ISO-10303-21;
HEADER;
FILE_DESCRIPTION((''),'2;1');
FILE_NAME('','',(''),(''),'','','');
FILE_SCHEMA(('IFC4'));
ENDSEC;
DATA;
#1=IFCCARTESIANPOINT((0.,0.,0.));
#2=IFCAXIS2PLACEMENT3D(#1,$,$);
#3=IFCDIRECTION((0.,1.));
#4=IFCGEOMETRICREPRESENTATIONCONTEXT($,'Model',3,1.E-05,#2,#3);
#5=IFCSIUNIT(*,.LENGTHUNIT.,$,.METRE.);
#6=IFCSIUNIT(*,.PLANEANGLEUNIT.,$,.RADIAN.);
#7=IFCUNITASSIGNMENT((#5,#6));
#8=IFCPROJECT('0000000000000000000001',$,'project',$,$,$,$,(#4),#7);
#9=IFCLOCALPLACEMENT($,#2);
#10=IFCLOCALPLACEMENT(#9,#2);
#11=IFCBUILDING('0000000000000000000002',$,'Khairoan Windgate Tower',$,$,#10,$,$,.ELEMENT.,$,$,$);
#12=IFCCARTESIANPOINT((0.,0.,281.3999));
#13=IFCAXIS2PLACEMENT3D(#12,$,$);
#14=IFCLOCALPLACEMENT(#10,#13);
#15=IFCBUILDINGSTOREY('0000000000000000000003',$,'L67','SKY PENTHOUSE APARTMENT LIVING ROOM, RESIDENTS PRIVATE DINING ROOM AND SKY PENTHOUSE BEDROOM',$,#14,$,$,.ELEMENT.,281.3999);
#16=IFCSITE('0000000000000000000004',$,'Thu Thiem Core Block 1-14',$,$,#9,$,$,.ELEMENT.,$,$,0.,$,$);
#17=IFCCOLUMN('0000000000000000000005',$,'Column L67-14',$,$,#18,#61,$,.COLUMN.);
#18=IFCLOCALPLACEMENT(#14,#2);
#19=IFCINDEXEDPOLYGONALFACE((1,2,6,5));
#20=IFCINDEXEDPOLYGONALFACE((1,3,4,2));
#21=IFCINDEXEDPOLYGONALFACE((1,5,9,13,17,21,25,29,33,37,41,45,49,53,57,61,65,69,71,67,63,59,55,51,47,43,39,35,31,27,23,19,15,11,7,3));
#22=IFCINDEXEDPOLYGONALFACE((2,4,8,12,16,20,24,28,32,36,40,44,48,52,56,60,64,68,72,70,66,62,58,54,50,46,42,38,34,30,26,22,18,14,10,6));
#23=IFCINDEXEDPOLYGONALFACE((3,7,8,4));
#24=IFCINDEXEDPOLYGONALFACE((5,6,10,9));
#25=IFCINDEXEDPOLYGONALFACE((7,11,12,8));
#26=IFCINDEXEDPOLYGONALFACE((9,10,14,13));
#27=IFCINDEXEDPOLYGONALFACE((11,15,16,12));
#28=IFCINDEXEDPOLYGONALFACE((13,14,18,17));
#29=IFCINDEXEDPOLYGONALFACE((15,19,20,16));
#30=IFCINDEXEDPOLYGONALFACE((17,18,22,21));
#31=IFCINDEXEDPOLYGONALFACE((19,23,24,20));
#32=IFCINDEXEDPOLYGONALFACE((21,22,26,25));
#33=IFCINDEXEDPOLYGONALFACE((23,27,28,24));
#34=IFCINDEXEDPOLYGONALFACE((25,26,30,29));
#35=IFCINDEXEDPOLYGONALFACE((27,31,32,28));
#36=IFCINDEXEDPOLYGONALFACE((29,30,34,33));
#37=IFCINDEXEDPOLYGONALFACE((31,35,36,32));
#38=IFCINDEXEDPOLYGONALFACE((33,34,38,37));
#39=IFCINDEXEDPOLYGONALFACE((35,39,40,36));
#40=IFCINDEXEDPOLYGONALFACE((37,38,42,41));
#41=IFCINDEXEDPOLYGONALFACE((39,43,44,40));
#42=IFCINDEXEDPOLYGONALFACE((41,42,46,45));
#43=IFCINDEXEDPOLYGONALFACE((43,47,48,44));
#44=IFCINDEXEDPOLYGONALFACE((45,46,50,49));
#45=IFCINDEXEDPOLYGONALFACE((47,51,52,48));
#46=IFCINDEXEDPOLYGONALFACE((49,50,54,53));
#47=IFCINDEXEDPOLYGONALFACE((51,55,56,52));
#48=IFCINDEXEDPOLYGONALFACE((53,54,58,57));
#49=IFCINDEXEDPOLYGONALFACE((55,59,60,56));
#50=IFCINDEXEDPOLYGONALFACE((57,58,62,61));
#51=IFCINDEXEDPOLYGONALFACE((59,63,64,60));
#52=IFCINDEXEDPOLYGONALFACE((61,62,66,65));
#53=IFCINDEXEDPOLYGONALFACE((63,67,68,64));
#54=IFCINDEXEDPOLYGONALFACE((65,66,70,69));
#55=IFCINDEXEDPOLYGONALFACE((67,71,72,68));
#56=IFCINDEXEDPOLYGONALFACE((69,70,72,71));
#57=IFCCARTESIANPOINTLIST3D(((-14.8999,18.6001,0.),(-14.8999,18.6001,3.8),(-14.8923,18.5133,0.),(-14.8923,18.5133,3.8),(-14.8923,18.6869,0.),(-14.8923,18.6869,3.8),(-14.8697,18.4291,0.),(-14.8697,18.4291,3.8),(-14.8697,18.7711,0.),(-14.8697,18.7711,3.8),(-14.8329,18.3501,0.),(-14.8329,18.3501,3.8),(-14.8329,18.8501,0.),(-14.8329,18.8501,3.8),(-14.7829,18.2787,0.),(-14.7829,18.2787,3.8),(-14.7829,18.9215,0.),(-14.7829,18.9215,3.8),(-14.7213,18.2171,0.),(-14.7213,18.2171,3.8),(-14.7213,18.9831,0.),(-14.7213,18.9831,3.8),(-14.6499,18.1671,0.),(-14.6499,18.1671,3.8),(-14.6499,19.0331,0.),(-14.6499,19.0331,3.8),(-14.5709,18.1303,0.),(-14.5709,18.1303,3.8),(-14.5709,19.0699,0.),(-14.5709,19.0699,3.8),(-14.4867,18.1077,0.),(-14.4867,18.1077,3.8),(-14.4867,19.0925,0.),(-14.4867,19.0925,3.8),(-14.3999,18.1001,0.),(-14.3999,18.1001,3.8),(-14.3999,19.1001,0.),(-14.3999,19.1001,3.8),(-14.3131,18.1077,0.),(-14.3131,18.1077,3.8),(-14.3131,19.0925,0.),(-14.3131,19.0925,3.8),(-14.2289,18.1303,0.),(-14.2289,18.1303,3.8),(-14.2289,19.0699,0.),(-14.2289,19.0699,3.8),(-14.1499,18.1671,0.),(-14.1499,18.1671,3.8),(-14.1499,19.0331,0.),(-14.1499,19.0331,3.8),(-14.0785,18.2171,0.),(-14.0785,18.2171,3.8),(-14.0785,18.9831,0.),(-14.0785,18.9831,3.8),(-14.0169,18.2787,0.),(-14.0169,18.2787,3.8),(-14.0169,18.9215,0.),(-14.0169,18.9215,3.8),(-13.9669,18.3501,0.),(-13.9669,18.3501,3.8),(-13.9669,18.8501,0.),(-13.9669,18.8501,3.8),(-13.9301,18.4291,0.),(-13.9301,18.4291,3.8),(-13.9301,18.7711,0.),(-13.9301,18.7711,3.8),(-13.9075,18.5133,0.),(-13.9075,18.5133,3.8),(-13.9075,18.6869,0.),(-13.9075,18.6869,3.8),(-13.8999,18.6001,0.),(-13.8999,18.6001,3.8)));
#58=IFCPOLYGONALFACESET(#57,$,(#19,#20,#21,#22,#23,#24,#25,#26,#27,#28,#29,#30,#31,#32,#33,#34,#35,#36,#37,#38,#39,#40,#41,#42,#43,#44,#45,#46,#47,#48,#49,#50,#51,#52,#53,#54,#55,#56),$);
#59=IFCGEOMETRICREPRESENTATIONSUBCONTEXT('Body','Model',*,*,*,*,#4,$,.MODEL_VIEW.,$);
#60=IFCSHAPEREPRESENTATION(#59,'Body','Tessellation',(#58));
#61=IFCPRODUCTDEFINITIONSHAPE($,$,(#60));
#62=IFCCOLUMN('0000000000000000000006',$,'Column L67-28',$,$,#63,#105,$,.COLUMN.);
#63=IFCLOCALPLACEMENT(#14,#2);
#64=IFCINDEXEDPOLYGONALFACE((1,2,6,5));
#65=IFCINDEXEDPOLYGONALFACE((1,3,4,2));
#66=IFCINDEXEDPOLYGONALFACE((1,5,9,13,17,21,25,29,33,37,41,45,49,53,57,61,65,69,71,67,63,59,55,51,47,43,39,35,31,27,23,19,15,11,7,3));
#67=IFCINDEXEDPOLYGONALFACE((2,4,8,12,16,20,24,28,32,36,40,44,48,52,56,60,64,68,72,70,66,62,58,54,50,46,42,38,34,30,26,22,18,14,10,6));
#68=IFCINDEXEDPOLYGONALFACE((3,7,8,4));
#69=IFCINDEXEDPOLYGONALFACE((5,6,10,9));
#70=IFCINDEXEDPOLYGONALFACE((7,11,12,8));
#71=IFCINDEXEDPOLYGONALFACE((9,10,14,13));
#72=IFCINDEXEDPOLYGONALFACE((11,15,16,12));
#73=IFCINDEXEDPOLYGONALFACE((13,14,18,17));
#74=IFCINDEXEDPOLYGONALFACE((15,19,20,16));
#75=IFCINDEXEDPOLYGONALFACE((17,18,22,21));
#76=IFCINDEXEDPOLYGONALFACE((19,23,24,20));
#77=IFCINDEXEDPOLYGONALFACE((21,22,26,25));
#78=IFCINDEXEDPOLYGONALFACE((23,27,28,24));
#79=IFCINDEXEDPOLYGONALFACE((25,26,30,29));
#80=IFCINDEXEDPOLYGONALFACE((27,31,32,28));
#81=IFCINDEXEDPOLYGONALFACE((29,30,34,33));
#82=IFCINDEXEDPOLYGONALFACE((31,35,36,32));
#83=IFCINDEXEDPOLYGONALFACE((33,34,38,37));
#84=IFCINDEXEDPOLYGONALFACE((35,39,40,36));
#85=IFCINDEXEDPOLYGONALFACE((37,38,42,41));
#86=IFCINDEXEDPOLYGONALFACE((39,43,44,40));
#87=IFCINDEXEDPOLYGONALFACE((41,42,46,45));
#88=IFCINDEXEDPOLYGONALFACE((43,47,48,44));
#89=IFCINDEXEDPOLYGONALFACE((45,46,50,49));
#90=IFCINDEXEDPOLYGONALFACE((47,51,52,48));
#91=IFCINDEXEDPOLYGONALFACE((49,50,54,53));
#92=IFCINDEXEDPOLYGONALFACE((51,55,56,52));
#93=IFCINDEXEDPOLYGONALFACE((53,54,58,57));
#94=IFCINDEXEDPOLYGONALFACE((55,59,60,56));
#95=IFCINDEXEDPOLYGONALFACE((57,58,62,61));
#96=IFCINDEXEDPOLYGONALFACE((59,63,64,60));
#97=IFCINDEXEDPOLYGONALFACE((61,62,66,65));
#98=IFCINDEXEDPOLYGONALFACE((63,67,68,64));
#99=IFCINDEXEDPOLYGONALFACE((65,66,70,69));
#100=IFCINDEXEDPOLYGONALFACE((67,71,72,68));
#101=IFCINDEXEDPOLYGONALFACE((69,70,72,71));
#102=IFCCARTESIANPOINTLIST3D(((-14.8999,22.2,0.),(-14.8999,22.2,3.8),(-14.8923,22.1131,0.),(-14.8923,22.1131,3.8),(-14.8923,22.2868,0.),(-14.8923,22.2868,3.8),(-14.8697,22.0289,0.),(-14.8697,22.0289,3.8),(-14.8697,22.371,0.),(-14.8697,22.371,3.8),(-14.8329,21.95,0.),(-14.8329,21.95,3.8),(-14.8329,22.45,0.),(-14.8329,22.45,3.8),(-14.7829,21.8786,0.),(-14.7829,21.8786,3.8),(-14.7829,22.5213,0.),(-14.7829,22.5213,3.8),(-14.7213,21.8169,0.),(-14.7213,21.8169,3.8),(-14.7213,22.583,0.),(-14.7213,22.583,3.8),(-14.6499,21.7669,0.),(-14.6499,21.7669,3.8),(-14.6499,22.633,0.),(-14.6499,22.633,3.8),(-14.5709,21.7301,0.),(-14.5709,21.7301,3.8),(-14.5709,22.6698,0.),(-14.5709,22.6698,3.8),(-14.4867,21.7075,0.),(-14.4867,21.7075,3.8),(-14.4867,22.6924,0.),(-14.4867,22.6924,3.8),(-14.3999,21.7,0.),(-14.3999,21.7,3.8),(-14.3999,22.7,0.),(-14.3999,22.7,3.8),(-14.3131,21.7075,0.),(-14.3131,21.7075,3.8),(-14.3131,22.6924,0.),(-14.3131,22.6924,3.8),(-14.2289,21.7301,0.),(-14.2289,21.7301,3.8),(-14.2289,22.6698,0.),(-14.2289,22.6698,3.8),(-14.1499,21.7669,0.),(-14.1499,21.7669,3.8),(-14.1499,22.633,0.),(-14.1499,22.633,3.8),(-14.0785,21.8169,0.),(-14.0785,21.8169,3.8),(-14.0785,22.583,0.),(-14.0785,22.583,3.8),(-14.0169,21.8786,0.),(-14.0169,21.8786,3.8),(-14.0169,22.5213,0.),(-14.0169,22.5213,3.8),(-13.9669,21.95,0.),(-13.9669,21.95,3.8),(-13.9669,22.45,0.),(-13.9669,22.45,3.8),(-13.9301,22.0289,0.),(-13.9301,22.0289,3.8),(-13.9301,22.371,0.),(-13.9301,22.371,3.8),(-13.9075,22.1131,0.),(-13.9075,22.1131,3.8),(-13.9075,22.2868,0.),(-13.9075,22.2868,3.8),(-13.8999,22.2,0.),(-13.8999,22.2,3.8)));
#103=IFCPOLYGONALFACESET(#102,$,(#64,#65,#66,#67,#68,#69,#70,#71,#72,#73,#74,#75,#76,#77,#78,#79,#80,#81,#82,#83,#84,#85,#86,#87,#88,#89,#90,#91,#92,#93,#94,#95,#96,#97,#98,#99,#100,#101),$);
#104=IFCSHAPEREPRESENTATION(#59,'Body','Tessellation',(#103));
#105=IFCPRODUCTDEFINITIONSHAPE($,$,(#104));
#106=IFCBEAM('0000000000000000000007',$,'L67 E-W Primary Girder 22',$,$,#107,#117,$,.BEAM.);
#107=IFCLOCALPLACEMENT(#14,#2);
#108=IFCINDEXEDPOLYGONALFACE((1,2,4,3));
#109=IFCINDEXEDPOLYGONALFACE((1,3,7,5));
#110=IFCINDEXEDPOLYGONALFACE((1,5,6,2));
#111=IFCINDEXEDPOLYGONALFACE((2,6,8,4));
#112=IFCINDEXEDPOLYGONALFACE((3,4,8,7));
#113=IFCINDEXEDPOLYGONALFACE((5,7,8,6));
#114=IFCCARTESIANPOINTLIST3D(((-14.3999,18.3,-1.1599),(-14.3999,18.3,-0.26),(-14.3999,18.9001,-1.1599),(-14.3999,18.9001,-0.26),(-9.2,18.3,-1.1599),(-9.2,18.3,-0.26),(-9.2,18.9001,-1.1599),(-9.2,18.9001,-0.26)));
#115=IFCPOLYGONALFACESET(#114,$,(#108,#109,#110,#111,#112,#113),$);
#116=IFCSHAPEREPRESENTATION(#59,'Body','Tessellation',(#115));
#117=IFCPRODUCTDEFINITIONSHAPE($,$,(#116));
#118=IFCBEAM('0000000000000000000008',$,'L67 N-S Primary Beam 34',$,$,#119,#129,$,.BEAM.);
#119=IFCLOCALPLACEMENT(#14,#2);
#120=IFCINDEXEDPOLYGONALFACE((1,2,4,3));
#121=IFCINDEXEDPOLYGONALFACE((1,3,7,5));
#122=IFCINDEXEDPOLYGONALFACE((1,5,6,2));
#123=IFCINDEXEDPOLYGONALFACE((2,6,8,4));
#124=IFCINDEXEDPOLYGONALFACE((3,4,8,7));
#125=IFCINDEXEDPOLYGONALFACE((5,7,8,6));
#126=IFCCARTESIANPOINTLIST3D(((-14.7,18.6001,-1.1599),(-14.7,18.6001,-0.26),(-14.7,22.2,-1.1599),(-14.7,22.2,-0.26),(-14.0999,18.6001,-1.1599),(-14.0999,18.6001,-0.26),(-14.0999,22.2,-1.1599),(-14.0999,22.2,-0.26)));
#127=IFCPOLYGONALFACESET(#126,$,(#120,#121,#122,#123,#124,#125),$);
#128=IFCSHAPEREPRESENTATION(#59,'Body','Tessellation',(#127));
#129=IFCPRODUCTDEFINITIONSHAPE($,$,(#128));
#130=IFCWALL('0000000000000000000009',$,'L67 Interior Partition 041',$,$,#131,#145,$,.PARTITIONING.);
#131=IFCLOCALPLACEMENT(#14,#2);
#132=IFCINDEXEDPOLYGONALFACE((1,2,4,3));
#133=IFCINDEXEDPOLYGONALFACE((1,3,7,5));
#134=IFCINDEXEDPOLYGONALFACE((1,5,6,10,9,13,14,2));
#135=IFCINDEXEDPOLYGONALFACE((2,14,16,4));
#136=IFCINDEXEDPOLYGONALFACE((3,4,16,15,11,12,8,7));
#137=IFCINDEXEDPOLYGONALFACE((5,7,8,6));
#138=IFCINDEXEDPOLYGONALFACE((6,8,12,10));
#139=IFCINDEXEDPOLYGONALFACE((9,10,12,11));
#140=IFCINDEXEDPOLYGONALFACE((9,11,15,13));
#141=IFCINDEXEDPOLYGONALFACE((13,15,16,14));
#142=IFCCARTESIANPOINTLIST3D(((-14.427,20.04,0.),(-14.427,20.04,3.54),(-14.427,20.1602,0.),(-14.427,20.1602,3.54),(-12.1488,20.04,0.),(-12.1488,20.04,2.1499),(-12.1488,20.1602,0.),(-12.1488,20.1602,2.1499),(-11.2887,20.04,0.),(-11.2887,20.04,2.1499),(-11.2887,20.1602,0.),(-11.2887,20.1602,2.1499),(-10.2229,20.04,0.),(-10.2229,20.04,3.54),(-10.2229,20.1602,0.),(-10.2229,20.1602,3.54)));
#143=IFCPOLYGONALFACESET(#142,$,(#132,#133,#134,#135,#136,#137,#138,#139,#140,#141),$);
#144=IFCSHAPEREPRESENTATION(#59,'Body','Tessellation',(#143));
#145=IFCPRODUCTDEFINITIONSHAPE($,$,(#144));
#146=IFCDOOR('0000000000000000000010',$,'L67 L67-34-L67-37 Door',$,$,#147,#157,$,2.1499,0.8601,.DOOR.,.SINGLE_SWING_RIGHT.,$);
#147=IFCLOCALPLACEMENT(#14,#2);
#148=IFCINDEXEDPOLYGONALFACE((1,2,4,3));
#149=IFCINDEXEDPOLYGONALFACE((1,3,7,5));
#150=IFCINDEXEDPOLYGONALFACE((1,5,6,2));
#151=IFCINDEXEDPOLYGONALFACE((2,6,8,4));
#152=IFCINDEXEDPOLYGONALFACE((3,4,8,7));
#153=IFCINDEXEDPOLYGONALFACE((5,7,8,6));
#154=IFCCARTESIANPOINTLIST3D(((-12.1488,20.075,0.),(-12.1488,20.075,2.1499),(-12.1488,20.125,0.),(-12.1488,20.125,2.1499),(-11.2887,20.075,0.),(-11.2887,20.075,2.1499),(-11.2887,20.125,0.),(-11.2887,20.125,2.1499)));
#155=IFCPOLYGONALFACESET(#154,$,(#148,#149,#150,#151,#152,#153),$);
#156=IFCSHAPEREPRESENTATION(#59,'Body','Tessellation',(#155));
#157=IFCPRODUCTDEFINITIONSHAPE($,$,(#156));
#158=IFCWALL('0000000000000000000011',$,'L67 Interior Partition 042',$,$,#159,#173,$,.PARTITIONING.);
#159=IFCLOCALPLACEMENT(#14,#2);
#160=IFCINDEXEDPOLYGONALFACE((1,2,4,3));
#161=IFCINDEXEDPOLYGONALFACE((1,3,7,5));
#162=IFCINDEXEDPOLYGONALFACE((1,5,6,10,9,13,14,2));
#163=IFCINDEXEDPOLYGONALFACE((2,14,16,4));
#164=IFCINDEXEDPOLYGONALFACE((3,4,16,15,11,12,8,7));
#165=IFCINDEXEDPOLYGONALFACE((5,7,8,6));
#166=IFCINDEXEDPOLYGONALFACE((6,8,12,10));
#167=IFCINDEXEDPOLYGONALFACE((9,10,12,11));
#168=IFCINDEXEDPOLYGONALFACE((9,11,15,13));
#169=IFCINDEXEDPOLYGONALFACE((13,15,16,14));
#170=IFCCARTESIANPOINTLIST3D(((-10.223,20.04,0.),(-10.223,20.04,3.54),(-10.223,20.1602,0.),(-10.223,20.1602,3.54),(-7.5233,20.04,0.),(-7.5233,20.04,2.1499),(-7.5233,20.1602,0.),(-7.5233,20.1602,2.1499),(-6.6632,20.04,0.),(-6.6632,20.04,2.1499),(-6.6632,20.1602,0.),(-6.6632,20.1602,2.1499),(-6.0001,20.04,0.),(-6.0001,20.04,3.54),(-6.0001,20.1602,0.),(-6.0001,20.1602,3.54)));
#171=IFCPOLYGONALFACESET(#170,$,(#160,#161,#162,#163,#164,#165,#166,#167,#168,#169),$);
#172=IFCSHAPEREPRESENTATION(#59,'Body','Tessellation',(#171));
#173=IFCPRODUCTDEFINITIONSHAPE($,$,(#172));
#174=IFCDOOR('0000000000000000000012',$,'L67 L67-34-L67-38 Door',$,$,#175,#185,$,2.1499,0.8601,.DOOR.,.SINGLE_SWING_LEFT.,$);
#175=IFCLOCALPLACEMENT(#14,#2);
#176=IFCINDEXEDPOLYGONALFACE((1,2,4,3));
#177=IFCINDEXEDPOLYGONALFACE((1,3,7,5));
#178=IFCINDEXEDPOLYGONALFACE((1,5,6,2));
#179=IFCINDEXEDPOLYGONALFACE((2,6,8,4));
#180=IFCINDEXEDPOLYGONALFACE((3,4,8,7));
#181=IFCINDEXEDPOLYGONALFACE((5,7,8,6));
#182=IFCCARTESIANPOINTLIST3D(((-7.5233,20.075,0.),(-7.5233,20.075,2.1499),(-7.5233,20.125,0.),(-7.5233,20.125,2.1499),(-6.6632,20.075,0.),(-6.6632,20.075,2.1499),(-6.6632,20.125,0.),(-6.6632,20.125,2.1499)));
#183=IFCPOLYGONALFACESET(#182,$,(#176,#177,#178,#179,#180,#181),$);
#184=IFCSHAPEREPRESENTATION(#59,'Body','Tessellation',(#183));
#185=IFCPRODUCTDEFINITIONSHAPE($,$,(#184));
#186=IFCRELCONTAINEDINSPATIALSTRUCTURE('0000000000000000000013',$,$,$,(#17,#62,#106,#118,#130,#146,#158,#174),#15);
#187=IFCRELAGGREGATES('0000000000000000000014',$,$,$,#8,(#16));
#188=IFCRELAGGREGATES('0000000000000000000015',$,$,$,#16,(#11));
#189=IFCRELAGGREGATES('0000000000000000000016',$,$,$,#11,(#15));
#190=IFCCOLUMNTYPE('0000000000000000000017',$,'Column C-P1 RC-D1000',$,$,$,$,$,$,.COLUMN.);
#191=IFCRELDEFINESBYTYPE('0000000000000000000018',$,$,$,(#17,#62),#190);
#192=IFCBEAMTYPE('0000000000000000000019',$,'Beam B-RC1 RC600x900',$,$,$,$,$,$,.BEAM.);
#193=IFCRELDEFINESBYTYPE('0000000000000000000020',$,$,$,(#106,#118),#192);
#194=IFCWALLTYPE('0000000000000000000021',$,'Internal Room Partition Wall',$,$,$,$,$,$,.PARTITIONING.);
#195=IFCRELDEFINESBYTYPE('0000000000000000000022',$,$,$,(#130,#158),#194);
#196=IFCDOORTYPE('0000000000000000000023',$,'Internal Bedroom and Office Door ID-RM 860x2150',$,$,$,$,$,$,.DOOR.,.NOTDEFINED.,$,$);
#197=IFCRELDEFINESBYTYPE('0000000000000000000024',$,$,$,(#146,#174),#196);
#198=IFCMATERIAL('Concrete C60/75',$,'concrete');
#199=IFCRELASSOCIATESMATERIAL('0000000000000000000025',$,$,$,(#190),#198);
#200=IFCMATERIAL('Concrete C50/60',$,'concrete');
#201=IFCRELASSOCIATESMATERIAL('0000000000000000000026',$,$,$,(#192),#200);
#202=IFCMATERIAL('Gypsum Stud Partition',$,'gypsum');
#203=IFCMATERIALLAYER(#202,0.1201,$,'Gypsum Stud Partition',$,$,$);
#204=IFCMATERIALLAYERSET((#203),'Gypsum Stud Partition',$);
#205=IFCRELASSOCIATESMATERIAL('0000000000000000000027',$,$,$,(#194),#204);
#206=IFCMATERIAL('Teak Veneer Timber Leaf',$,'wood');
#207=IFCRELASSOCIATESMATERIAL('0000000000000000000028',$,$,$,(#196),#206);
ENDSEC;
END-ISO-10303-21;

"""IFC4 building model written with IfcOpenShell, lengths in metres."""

from ifc_helpers import new_model, si_unit, direction, frame, frame_2d, origin, origin_2d, place, context, subcontext, project, spatial, rectangle, circle, extrude, material, layer, layer_set, material_profile, profile_set, type_object, element, fill, save


model = new_model("IFC4")

# Units and contexts
model_context = context("Model", 3, precision=1e-05, world=origin(), true_north=direction((0.0, 1.0)))
body_context = subcontext(model_context, "Body", "Model", "MODEL_VIEW")
ifc_project = project(units=[si_unit("LENGTHUNIT", "METRE"), si_unit("PLANEANGLEUNIT", "RADIAN")], contexts=[model_context])

# Site, building, storey
site_placement = place(None, origin())
site = spatial("IfcSite", under=ifc_project, at=site_placement, Name="Thu Thiem Core Block 1-14", CompositionType="ELEMENT", RefElevation=0.0)
building_placement = place(site_placement, origin())
building = spatial("IfcBuilding", under=site, at=building_placement, Name="Khairoan Windgate Tower", CompositionType="ELEMENT")
storey_placement = place(building_placement, frame((0.0, 0.0, 281.3999)))
storey = spatial("IfcBuildingStorey", under=building, at=storey_placement, Name="L67", Description="SKY PENTHOUSE APARTMENT LIVING ROOM, RESIDENTS PRIVATE DINING ROOM AND SKY PENTHOUSE BEDROOM", CompositionType="ELEMENT", Elevation=281.3999)

# Columns
ifc_material_1 = material(Name="Concrete C60/75", Category="concrete")
ifc_material_profile_1 = material_profile(ifc_material_1, circle(Radius=0.5, at=origin_2d()))
ifc_profile_set_1 = profile_set([ifc_material_profile_1], Name="Concrete C60/75")
column_type = type_object("IfcColumnType", Name="Column C-P1 RC-D1000", PredefinedType="COLUMN", material=ifc_profile_set_1)
for number, where, z_axis, x_axis, name in (
    (1, (-14.3999, 18.6001, 0.0), (0.0, 0.0, 1.0), (1.0, 0.0, 0.0), "Column L67-14"),
    (2, (-14.3999, 22.2, 0.0), (0.0, 0.0, 1.0), (1.0, 0.0, 0.0), "Column L67-28"),
):
    element("IfcColumn", number, at=place(storey_placement, frame(where, z_axis=z_axis, x_axis=x_axis)), inside=storey, type_object=column_type, Name=name, PredefinedType="COLUMN", context=body_context, shape_type="SweptSolid", body=[
        extrude(circle(Radius=0.5, at=origin_2d()), origin(), (0.0, 0.0, 1.0), 3.8),
    ])

# Beams
ifc_material_2 = material(Name="Concrete C50/60", Category="concrete")
ifc_material_profile_2 = material_profile(ifc_material_2, rectangle(XDim=0.6001, YDim=0.8999, at=origin_2d()))
ifc_profile_set_2 = profile_set([ifc_material_profile_2], Name="Concrete C50/60")
beam_type = type_object("IfcBeamType", Name="Beam B-RC1 RC600x900", PredefinedType="BEAM", material=ifc_profile_set_2)
beam_1_placement = place(storey_placement, frame((-14.3999, 18.6001, -0.71), z_axis=(1.0, 0.0, 0.0), x_axis=(0.0, 1.0, 0.0)))
element("IfcBeam", 3, at=beam_1_placement, inside=storey, type_object=beam_type, Name="L67 E-W Primary Girder 22", PredefinedType="BEAM", context=body_context, shape_type="SweptSolid", body=[
    extrude(rectangle(XDim=0.6001, YDim=0.8999, at=origin_2d()), origin(), (0.0, 0.0, 1.0), 5.2),
])
beam_2_placement = place(storey_placement, frame((-14.3999, 18.6001, -0.71), z_axis=(0.0, 1.0, 0.0), x_axis=(-1.0, 0.0, 0.0)))
element("IfcBeam", 4, at=beam_2_placement, inside=storey, type_object=beam_type, Name="L67 N-S Primary Beam 34", PredefinedType="BEAM", context=body_context, shape_type="SweptSolid", body=[
    extrude(rectangle(XDim=0.6001, YDim=0.8999, at=origin_2d()), origin(), (0.0, 0.0, 1.0), 3.5999),
])

# Walls, openings, doors
ifc_material_3 = material(Name="Gypsum Stud Partition", Category="gypsum")
ifc_layer_1 = layer(ifc_material_3, 0.1201, Name="Gypsum Stud Partition")
ifc_layer_set_1 = layer_set([ifc_layer_1], Name="Gypsum Stud Partition")
wall_type = type_object("IfcWallType", Name="Internal Room Partition Wall", PredefinedType="PARTITIONING", material=ifc_layer_set_1)
wall_1_placement = place(storey_placement, frame((-14.427, 20.1001, 0.0), z_axis=(0.0, 0.0, 1.0), x_axis=(1.0, 0.0, 0.0)))
wall_1 = element("IfcWall", 5, at=wall_1_placement, inside=storey, type_object=wall_type, Name="L67 Interior Partition 041", PredefinedType="PARTITIONING", context=body_context, shape_type="SweptSolid", body=[
    extrude(rectangle(XDim=4.2041, YDim=0.1201, at=frame_2d((2.1021, 0.0))), origin(), (0.0, 0.0, 1.0), 3.54),
])
opening_1_placement = place(wall_1_placement, frame((2.2781, 0.0, 0.0)))
opening_1 = element("IfcOpeningElement", 6, at=opening_1_placement, cuts=wall_1, PredefinedType="OPENING", context=body_context, shape_type="SweptSolid", body=[
    extrude(rectangle(XDim=0.8601, YDim=2.1499, at=frame_2d((0.4302, 1.075))), frame((0.0, 0.0701, 0.0), z_axis=(0.0, -1.0, 0.0), x_axis=(1.0, 0.0, 0.0)), (0.0, 0.0, 1.0), 0.1401),
])
ifc_material_4 = material(Name="Teak Veneer Timber Leaf", Category="wood")
door_type = type_object("IfcDoorType", Name="Internal Bedroom and Office Door ID-RM 860x2150", OperationType="NOTDEFINED", PredefinedType="DOOR", material=ifc_material_4)
door_1_placement = place(opening_1_placement, origin())
door_1 = element("IfcDoor", 7, at=door_1_placement, inside=storey, type_object=door_type, Name="L67 L67-34-L67-37 Door", OperationType="SINGLE_SWING_RIGHT", OverallHeight=2.1499, OverallWidth=0.8601, PredefinedType="DOOR", context=body_context, shape_type="SweptSolid", body=[
    extrude(rectangle(XDim=0.8601, YDim=2.1499, at=frame_2d((0.4302, 1.075))), frame((0.0, 0.0249, 0.0), z_axis=(0.0, -1.0, 0.0), x_axis=(1.0, 0.0, 0.0)), (0.0, 0.0, 1.0), 0.05),
])
fill(opening_1, door_1)
wall_2_placement = place(storey_placement, frame((-10.2229, 20.1001, 0.0), z_axis=(0.0, 0.0, 1.0), x_axis=(1.0, 0.0, 0.0)))
wall_2 = element("IfcWall", 8, at=wall_2_placement, inside=storey, type_object=wall_type, Name="L67 Interior Partition 042", PredefinedType="PARTITIONING", context=body_context, shape_type="SweptSolid", body=[
    extrude(rectangle(XDim=4.2229, YDim=0.1201, at=frame_2d((2.1113, 0.0))), origin(), (0.0, 0.0, 1.0), 3.54),
])
opening_2_placement = place(wall_2_placement, frame((2.6995, 0.0, 0.0)))
opening_2 = element("IfcOpeningElement", 9, at=opening_2_placement, cuts=wall_2, PredefinedType="OPENING", context=body_context, shape_type="SweptSolid", body=[
    extrude(rectangle(XDim=0.8601, YDim=2.1499, at=frame_2d((0.4302, 1.075))), frame((0.0, 0.0701, 0.0), z_axis=(0.0, -1.0, 0.0), x_axis=(1.0, 0.0, 0.0)), (0.0, 0.0, 1.0), 0.1401),
])
door_2_placement = place(opening_2_placement, origin())
door_2 = element("IfcDoor", 10, at=door_2_placement, inside=storey, type_object=door_type, Name="L67 L67-34-L67-38 Door", OperationType="SINGLE_SWING_LEFT", OverallHeight=2.1499, OverallWidth=0.8601, PredefinedType="DOOR", context=body_context, shape_type="SweptSolid", body=[
    extrude(rectangle(XDim=0.8601, YDim=2.1499, at=frame_2d((0.4302, 1.075))), frame((0.0, 0.0249, 0.0), z_axis=(0.0, -1.0, 0.0), x_axis=(1.0, 0.0, 0.0)), (0.0, 0.0, 1.0), 0.05),
])
fill(opening_2, door_2)

save(model, "model.ifc")
